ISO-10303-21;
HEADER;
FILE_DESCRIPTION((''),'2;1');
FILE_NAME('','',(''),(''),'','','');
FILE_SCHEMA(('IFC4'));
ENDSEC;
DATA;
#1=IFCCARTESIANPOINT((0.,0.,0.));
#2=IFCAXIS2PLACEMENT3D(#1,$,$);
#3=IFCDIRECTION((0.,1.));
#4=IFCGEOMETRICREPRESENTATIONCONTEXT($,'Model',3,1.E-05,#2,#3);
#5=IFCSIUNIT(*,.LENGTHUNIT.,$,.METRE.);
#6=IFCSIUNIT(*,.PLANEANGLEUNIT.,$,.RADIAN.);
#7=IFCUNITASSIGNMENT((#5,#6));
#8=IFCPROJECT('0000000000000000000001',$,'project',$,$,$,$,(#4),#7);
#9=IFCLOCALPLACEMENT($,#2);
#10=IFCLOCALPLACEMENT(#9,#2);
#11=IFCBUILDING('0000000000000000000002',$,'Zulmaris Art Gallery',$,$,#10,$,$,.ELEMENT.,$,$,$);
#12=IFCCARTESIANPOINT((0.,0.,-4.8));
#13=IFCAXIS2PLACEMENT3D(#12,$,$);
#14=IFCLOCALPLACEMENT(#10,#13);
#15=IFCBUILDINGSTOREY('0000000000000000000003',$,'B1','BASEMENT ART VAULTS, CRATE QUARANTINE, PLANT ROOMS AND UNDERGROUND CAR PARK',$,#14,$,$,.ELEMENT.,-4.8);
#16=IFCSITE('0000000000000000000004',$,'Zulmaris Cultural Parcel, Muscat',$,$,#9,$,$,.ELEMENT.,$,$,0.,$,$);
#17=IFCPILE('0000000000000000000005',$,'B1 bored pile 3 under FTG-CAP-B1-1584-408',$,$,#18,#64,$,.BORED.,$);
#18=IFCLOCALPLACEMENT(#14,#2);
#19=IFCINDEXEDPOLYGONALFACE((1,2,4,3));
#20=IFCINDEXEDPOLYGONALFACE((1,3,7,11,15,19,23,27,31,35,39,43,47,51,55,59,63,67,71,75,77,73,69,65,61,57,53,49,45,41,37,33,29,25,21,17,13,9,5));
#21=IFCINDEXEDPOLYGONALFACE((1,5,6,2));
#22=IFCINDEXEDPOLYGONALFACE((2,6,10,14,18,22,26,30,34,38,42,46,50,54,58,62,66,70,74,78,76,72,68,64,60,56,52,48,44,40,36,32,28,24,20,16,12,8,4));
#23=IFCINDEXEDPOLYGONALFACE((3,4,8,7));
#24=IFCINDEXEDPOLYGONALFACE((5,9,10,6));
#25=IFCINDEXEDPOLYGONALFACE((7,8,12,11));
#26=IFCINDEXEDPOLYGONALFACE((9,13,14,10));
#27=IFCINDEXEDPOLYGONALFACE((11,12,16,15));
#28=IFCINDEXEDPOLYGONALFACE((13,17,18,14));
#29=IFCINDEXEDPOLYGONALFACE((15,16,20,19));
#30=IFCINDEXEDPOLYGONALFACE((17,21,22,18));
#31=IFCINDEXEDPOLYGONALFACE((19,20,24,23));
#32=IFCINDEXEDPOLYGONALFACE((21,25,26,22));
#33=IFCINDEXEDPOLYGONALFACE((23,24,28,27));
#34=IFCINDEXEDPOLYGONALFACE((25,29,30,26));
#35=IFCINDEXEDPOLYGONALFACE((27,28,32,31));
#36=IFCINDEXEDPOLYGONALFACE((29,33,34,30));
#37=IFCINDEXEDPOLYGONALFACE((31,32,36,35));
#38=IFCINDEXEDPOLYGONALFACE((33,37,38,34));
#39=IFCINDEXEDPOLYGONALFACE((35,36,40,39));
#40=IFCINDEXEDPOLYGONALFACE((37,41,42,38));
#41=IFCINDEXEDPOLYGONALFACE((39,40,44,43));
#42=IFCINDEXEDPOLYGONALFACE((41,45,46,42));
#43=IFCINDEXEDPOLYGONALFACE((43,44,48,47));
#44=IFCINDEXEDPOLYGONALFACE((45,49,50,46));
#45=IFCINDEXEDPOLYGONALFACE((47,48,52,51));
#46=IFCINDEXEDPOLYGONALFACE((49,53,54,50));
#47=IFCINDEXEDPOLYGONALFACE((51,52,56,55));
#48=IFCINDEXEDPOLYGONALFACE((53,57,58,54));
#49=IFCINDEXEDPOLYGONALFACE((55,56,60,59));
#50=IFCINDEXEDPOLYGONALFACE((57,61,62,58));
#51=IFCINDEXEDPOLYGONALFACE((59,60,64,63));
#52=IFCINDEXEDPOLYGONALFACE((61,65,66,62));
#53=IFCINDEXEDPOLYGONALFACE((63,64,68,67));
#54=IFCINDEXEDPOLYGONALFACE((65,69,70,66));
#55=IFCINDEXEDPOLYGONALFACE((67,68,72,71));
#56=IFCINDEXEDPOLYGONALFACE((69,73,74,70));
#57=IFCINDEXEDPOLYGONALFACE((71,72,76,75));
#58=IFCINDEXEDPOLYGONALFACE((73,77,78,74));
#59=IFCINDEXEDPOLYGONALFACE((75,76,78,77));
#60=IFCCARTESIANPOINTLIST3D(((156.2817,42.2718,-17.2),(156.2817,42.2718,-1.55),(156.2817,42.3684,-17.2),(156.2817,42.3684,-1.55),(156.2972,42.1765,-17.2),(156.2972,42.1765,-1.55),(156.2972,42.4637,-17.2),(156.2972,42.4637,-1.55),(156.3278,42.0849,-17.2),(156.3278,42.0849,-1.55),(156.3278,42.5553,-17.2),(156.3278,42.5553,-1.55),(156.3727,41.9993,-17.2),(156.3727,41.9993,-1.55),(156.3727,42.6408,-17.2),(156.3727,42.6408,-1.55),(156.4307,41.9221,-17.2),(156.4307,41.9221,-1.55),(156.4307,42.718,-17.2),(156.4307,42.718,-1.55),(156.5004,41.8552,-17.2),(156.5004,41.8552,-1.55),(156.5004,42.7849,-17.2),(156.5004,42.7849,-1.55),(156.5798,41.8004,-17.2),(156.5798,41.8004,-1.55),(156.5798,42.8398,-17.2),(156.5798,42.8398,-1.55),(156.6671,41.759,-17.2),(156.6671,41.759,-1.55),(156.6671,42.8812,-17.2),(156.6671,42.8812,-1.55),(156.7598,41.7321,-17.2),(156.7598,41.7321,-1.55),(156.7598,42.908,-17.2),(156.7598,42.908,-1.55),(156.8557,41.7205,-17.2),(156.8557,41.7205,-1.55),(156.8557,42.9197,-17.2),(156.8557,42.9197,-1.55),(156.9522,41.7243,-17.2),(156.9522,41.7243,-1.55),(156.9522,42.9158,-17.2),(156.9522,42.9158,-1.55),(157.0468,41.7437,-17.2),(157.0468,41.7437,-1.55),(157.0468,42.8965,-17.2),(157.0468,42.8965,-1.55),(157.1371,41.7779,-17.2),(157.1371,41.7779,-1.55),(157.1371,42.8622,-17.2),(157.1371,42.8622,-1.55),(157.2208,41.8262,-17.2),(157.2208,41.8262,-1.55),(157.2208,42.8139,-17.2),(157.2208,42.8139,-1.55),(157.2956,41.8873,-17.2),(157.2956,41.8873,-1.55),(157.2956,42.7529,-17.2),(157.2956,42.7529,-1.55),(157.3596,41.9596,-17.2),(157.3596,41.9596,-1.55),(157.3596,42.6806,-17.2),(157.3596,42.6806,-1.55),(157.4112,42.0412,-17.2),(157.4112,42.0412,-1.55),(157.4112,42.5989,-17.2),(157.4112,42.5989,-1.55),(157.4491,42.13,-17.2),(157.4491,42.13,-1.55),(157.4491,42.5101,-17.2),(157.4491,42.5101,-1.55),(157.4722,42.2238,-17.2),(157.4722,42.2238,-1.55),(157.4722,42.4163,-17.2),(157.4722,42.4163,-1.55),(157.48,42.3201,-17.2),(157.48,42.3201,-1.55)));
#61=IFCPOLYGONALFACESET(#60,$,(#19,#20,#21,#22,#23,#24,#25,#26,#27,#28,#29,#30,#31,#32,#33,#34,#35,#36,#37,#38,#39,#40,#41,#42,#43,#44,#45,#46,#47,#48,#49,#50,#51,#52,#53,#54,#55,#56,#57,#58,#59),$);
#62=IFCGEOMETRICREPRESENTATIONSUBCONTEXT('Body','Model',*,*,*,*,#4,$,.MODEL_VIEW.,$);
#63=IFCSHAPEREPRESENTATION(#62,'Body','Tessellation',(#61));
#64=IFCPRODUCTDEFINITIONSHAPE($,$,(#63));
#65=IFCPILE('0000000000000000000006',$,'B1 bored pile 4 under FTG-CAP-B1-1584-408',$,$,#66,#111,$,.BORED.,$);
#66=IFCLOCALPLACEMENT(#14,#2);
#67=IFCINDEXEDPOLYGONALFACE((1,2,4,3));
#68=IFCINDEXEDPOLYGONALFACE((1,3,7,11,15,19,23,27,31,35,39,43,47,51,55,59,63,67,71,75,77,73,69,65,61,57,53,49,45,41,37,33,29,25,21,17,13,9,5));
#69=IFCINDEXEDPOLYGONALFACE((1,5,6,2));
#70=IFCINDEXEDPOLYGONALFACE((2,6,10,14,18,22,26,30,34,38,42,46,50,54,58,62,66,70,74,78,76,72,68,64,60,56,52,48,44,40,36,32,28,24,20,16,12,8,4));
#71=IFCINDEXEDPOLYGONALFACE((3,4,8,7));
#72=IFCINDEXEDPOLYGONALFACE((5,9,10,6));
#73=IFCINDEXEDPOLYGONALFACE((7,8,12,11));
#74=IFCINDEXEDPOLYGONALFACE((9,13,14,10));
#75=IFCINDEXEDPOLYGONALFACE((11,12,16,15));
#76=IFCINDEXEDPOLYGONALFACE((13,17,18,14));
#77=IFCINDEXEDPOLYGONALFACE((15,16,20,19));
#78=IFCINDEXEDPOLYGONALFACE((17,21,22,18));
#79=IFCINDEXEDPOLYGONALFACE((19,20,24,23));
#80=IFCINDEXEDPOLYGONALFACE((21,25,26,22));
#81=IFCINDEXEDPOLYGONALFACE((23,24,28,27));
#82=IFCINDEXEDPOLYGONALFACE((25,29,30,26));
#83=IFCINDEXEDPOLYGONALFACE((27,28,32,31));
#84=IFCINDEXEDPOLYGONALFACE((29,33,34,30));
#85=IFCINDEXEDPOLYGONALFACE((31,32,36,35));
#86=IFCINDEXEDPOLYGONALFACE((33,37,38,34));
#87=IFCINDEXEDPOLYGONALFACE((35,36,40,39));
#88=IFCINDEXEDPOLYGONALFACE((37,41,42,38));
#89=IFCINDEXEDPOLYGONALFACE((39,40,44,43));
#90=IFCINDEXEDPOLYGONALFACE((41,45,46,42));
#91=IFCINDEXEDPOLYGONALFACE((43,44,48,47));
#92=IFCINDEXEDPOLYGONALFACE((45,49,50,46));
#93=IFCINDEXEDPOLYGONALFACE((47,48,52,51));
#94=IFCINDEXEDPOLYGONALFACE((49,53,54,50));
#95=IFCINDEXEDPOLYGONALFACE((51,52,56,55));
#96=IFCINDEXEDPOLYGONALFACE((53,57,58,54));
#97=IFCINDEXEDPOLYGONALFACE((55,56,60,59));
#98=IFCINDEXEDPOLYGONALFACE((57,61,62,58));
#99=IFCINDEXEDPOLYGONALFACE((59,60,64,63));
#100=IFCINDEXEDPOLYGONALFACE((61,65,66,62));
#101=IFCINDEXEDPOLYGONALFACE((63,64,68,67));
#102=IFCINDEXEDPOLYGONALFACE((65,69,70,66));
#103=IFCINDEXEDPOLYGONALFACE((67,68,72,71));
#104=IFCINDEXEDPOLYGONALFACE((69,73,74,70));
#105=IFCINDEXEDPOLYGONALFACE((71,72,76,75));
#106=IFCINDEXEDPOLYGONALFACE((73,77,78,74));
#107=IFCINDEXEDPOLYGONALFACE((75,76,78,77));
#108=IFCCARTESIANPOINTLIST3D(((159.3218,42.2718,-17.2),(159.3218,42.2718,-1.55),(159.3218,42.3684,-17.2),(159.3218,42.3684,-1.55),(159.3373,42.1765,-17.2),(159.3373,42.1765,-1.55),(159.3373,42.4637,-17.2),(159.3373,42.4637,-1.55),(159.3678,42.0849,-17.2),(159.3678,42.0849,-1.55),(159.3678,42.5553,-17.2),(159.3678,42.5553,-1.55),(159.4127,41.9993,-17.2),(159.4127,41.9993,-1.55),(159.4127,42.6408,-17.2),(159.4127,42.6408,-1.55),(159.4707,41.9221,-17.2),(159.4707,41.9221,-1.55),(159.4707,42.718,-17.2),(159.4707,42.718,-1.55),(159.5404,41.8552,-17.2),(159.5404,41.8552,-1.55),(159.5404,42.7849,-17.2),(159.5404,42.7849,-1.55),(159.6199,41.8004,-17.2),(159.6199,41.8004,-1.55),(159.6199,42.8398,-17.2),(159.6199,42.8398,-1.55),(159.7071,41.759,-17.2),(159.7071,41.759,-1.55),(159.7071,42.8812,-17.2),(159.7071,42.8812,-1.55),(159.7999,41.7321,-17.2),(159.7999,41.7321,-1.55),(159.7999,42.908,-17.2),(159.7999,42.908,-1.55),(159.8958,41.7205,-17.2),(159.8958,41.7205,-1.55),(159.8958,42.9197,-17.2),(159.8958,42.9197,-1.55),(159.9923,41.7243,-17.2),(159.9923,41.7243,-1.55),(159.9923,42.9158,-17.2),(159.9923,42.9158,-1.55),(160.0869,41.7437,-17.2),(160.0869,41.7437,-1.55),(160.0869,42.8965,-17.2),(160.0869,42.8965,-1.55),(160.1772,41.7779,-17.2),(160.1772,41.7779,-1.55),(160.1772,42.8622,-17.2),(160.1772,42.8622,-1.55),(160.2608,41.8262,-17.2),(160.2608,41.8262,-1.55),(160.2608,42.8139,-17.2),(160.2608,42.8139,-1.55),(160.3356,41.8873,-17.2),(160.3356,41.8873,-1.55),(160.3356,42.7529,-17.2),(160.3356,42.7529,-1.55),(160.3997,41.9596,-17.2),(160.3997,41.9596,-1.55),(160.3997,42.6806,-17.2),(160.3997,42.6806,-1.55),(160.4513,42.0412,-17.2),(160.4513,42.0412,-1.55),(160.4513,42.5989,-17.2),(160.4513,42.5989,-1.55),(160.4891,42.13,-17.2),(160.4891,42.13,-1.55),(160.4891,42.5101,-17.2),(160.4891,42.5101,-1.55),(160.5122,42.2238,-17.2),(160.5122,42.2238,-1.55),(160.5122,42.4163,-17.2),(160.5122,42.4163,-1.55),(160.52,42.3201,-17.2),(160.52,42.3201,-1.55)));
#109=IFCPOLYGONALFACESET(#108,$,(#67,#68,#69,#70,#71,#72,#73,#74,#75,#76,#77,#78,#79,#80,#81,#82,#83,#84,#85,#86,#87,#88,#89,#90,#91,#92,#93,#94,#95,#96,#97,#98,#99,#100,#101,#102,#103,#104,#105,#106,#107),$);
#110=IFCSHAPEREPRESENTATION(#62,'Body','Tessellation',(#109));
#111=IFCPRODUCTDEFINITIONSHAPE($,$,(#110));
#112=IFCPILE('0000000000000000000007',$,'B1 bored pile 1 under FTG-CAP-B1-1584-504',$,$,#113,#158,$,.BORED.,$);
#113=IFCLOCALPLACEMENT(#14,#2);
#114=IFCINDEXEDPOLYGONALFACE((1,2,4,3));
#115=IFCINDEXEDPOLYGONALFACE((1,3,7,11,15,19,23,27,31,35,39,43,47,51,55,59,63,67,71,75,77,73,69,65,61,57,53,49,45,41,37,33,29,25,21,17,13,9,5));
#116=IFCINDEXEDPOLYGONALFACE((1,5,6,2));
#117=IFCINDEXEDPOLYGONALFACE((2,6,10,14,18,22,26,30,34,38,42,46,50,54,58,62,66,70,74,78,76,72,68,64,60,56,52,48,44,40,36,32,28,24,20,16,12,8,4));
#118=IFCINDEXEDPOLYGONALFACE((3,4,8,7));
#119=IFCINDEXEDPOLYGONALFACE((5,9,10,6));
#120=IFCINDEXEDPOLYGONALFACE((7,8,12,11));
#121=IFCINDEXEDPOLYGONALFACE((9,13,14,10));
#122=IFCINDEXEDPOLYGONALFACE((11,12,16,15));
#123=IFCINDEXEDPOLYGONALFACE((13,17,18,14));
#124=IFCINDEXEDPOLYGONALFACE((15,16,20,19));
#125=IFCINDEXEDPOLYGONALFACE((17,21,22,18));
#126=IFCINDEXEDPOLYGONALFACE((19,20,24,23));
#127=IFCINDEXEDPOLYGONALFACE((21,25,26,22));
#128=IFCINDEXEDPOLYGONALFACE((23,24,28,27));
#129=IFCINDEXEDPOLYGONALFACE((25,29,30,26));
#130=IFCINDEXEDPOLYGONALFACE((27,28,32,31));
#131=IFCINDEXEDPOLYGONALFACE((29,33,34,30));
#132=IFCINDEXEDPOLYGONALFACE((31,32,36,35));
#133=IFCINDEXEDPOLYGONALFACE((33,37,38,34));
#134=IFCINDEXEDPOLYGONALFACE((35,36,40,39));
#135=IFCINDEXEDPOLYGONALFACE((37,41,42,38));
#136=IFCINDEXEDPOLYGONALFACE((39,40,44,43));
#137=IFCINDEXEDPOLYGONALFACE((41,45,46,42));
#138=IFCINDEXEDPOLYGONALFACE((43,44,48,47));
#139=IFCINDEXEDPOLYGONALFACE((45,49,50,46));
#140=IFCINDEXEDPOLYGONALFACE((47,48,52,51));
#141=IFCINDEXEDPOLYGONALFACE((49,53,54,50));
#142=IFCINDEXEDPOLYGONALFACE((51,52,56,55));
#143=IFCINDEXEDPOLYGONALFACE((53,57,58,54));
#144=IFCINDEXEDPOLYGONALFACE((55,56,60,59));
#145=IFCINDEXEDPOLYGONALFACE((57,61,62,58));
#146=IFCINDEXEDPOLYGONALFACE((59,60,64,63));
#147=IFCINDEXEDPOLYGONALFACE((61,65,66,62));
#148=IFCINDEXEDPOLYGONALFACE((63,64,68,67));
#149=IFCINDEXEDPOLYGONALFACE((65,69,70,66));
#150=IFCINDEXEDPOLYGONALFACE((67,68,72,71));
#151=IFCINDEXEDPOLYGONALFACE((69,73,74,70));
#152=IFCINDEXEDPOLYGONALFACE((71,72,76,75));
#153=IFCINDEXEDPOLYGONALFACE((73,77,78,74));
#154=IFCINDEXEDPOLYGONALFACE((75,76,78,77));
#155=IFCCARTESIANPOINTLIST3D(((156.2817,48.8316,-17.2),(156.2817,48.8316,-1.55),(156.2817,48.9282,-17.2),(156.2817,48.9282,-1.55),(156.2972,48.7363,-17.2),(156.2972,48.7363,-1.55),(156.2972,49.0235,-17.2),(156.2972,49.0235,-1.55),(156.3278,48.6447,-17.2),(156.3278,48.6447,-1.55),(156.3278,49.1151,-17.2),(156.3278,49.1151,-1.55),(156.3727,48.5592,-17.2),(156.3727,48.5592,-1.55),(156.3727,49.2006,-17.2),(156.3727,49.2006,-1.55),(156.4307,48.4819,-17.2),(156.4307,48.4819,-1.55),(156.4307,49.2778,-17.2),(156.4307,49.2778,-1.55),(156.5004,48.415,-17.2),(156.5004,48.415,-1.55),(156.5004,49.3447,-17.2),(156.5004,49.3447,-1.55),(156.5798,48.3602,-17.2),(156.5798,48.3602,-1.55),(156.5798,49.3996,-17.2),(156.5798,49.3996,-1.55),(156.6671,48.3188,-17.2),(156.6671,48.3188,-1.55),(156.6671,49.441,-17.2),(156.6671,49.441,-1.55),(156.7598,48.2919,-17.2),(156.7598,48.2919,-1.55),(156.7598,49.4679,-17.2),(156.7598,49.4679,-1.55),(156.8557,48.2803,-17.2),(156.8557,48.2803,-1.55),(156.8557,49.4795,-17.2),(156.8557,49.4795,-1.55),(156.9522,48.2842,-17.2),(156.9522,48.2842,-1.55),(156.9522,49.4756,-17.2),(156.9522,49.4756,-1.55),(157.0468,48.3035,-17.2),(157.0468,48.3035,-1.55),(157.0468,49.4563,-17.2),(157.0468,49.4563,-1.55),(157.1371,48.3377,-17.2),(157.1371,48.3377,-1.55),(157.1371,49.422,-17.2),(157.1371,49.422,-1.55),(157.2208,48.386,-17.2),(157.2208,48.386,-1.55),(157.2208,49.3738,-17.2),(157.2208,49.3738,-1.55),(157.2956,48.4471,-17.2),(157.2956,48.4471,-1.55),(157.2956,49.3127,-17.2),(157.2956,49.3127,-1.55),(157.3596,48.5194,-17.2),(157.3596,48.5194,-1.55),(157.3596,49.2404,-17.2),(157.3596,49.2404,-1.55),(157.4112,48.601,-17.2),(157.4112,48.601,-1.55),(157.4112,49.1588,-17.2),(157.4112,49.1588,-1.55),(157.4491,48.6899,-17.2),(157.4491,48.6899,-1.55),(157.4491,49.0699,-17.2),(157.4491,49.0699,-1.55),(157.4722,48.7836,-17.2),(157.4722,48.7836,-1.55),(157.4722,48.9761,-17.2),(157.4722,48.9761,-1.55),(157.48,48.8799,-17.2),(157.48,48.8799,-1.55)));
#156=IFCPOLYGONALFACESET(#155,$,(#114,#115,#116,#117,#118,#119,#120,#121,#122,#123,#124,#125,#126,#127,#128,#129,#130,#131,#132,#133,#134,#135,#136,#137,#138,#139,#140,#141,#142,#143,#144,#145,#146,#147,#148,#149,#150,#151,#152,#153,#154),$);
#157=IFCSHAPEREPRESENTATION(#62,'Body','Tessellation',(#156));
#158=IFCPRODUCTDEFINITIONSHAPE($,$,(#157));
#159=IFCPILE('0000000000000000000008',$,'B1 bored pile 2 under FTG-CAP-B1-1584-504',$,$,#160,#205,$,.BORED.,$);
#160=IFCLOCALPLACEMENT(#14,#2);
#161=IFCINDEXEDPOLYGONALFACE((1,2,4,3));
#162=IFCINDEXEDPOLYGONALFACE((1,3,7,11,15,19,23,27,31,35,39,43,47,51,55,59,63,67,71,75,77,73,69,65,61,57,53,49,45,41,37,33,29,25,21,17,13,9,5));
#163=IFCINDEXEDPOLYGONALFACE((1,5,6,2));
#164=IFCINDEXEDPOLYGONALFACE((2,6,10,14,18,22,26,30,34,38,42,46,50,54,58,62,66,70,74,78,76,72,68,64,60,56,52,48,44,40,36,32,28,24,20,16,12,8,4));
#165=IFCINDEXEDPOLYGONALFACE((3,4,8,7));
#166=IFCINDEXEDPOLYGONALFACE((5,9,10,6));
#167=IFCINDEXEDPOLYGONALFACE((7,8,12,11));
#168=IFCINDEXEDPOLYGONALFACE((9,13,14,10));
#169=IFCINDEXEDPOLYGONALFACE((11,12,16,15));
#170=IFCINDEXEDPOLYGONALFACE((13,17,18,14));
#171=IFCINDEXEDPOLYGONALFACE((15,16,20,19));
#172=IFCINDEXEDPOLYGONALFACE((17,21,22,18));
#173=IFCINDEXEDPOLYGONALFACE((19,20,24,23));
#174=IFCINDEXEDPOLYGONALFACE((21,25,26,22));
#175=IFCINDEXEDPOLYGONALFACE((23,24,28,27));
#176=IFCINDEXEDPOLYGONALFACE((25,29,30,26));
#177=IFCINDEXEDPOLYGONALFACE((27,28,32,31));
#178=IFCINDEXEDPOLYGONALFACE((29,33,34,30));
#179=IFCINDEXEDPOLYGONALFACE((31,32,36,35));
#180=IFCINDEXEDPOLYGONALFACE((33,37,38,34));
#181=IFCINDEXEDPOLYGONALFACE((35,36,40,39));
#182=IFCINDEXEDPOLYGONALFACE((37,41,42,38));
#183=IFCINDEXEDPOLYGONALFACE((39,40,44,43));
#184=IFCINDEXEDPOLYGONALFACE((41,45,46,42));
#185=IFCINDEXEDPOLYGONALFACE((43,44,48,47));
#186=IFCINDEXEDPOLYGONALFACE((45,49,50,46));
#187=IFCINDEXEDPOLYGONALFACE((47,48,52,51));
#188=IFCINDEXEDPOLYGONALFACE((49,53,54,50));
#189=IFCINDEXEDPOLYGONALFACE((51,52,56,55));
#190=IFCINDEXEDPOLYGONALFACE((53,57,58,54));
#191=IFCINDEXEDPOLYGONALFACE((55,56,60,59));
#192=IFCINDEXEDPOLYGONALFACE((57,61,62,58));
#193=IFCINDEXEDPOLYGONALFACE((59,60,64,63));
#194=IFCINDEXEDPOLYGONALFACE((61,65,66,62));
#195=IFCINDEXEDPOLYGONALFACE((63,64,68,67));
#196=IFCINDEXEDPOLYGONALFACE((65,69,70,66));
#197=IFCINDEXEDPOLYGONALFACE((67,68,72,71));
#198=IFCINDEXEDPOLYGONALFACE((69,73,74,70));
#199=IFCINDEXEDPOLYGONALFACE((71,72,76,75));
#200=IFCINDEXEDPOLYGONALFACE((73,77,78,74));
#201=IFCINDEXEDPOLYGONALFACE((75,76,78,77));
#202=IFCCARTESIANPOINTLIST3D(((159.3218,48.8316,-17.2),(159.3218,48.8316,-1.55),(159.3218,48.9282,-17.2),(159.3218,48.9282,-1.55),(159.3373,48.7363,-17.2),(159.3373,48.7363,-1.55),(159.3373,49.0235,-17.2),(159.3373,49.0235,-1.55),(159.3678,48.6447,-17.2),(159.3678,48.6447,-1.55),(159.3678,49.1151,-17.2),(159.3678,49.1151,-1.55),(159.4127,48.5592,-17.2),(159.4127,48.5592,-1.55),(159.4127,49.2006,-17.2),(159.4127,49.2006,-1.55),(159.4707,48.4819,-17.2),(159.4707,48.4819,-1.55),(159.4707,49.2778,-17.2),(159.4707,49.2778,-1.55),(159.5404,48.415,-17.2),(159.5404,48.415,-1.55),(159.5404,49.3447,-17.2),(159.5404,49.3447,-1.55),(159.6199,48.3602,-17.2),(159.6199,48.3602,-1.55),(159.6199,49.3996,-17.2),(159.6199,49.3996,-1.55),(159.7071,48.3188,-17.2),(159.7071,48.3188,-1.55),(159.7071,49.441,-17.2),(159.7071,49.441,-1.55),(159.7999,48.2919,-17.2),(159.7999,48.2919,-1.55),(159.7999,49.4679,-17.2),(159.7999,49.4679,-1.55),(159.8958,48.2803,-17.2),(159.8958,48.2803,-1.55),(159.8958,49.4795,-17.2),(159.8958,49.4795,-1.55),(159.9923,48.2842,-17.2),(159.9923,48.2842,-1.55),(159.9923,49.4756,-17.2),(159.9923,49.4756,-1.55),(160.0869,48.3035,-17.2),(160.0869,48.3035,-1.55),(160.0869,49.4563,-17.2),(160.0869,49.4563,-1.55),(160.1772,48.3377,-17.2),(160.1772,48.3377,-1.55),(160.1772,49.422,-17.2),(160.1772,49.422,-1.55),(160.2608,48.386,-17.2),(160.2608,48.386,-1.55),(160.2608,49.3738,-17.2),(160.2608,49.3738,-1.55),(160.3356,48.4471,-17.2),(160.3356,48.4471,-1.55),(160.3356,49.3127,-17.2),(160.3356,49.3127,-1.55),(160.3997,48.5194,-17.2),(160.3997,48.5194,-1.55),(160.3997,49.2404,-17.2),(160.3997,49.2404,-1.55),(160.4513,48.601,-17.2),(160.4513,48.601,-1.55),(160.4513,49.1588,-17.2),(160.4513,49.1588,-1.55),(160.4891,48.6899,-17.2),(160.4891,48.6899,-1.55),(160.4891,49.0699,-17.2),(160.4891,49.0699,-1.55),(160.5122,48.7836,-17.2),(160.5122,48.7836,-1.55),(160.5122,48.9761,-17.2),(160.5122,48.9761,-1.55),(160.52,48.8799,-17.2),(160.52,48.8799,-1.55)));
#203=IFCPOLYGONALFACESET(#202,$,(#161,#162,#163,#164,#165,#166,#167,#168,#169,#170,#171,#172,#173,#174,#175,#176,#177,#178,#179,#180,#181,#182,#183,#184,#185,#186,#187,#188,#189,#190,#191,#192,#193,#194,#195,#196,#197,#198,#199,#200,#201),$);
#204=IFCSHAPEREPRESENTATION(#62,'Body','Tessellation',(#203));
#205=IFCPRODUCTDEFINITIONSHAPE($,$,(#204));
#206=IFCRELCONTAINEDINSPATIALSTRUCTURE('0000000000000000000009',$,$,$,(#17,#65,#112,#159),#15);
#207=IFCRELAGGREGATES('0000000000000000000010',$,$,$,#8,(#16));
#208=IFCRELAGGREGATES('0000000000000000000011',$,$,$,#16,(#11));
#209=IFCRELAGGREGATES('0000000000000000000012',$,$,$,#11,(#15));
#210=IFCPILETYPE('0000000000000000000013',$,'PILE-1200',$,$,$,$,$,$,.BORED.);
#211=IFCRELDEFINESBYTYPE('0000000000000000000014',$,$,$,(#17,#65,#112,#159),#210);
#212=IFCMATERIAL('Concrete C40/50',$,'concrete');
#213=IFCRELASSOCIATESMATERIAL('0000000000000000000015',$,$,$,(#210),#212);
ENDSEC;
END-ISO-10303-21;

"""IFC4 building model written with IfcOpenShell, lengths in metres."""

from ifc_helpers import new_model, si_unit, direction, frame, origin, origin_2d, place, context, subcontext, project, spatial, circle, extrude, material, material_profile, profile_set, type_object, element, save


model = new_model("IFC4")

# Units and contexts
model_context = context("Model", 3, precision=1e-05, world=origin(), true_north=direction((0.0, 1.0)))
body_context = subcontext(model_context, "Body", "Model", "MODEL_VIEW")
ifc_project = project(units=[si_unit("LENGTHUNIT", "METRE"), si_unit("PLANEANGLEUNIT", "RADIAN")], contexts=[model_context])

# Site, building, storey
site_placement = place(None, origin())
site = spatial("IfcSite", under=ifc_project, at=site_placement, Name="Zulmaris Cultural Parcel, Muscat", CompositionType="ELEMENT", RefElevation=0.0)
building_placement = place(site_placement, origin())
building = spatial("IfcBuilding", under=site, at=building_placement, Name="Zulmaris Art Gallery", CompositionType="ELEMENT")
storey_placement = place(building_placement, frame((0.0, 0.0, -4.8)))
storey = spatial("IfcBuildingStorey", under=building, at=storey_placement, Name="B1", Description="BASEMENT ART VAULTS, CRATE QUARANTINE, PLANT ROOMS AND UNDERGROUND CAR PARK", CompositionType="ELEMENT", Elevation=-4.8)

# Piles
ifc_material_1 = material(Name="Concrete C40/50", Category="concrete")
ifc_material_profile_1 = material_profile(ifc_material_1, circle(Radius=0.6001, at=origin_2d()), Name="PILE DIA 1200")
ifc_profile_set_1 = profile_set([ifc_material_profile_1], Name="Concrete C40/50")
pile_type = type_object("IfcPileType", Name="PILE-1200", PredefinedType="BORED", material=ifc_profile_set_1)
for number, where, z_axis, x_axis, name in (
    (1, (156.8799, 42.3201, -1.55), (0.0, 0.0, -1.0), (1.0, 0.0, 0.0), "B1 bored pile 3 under FTG-CAP-B1-1584-408"),
    (2, (159.9199, 42.3201, -1.55), (0.0, 0.0, -1.0), (1.0, 0.0, 0.0), "B1 bored pile 4 under FTG-CAP-B1-1584-408"),
    (3, (156.8799, 48.8799, -1.55), (0.0, 0.0, -1.0), (1.0, 0.0, 0.0), "B1 bored pile 1 under FTG-CAP-B1-1584-504"),
    (4, (159.9199, 48.8799, -1.55), (0.0, 0.0, -1.0), (1.0, 0.0, 0.0), "B1 bored pile 2 under FTG-CAP-B1-1584-504"),
):
    element("IfcPile", number, at=place(storey_placement, frame(where, z_axis=z_axis, x_axis=x_axis)), inside=storey, type_object=pile_type, Name=name, PredefinedType="BORED", context=body_context, shape_type="SweptSolid", body=[
        extrude(circle(Radius=0.6001, at=origin_2d()), origin(), (0.0, 0.0, 1.0), 15.6499),
    ])

save(model, "model.ifc")
